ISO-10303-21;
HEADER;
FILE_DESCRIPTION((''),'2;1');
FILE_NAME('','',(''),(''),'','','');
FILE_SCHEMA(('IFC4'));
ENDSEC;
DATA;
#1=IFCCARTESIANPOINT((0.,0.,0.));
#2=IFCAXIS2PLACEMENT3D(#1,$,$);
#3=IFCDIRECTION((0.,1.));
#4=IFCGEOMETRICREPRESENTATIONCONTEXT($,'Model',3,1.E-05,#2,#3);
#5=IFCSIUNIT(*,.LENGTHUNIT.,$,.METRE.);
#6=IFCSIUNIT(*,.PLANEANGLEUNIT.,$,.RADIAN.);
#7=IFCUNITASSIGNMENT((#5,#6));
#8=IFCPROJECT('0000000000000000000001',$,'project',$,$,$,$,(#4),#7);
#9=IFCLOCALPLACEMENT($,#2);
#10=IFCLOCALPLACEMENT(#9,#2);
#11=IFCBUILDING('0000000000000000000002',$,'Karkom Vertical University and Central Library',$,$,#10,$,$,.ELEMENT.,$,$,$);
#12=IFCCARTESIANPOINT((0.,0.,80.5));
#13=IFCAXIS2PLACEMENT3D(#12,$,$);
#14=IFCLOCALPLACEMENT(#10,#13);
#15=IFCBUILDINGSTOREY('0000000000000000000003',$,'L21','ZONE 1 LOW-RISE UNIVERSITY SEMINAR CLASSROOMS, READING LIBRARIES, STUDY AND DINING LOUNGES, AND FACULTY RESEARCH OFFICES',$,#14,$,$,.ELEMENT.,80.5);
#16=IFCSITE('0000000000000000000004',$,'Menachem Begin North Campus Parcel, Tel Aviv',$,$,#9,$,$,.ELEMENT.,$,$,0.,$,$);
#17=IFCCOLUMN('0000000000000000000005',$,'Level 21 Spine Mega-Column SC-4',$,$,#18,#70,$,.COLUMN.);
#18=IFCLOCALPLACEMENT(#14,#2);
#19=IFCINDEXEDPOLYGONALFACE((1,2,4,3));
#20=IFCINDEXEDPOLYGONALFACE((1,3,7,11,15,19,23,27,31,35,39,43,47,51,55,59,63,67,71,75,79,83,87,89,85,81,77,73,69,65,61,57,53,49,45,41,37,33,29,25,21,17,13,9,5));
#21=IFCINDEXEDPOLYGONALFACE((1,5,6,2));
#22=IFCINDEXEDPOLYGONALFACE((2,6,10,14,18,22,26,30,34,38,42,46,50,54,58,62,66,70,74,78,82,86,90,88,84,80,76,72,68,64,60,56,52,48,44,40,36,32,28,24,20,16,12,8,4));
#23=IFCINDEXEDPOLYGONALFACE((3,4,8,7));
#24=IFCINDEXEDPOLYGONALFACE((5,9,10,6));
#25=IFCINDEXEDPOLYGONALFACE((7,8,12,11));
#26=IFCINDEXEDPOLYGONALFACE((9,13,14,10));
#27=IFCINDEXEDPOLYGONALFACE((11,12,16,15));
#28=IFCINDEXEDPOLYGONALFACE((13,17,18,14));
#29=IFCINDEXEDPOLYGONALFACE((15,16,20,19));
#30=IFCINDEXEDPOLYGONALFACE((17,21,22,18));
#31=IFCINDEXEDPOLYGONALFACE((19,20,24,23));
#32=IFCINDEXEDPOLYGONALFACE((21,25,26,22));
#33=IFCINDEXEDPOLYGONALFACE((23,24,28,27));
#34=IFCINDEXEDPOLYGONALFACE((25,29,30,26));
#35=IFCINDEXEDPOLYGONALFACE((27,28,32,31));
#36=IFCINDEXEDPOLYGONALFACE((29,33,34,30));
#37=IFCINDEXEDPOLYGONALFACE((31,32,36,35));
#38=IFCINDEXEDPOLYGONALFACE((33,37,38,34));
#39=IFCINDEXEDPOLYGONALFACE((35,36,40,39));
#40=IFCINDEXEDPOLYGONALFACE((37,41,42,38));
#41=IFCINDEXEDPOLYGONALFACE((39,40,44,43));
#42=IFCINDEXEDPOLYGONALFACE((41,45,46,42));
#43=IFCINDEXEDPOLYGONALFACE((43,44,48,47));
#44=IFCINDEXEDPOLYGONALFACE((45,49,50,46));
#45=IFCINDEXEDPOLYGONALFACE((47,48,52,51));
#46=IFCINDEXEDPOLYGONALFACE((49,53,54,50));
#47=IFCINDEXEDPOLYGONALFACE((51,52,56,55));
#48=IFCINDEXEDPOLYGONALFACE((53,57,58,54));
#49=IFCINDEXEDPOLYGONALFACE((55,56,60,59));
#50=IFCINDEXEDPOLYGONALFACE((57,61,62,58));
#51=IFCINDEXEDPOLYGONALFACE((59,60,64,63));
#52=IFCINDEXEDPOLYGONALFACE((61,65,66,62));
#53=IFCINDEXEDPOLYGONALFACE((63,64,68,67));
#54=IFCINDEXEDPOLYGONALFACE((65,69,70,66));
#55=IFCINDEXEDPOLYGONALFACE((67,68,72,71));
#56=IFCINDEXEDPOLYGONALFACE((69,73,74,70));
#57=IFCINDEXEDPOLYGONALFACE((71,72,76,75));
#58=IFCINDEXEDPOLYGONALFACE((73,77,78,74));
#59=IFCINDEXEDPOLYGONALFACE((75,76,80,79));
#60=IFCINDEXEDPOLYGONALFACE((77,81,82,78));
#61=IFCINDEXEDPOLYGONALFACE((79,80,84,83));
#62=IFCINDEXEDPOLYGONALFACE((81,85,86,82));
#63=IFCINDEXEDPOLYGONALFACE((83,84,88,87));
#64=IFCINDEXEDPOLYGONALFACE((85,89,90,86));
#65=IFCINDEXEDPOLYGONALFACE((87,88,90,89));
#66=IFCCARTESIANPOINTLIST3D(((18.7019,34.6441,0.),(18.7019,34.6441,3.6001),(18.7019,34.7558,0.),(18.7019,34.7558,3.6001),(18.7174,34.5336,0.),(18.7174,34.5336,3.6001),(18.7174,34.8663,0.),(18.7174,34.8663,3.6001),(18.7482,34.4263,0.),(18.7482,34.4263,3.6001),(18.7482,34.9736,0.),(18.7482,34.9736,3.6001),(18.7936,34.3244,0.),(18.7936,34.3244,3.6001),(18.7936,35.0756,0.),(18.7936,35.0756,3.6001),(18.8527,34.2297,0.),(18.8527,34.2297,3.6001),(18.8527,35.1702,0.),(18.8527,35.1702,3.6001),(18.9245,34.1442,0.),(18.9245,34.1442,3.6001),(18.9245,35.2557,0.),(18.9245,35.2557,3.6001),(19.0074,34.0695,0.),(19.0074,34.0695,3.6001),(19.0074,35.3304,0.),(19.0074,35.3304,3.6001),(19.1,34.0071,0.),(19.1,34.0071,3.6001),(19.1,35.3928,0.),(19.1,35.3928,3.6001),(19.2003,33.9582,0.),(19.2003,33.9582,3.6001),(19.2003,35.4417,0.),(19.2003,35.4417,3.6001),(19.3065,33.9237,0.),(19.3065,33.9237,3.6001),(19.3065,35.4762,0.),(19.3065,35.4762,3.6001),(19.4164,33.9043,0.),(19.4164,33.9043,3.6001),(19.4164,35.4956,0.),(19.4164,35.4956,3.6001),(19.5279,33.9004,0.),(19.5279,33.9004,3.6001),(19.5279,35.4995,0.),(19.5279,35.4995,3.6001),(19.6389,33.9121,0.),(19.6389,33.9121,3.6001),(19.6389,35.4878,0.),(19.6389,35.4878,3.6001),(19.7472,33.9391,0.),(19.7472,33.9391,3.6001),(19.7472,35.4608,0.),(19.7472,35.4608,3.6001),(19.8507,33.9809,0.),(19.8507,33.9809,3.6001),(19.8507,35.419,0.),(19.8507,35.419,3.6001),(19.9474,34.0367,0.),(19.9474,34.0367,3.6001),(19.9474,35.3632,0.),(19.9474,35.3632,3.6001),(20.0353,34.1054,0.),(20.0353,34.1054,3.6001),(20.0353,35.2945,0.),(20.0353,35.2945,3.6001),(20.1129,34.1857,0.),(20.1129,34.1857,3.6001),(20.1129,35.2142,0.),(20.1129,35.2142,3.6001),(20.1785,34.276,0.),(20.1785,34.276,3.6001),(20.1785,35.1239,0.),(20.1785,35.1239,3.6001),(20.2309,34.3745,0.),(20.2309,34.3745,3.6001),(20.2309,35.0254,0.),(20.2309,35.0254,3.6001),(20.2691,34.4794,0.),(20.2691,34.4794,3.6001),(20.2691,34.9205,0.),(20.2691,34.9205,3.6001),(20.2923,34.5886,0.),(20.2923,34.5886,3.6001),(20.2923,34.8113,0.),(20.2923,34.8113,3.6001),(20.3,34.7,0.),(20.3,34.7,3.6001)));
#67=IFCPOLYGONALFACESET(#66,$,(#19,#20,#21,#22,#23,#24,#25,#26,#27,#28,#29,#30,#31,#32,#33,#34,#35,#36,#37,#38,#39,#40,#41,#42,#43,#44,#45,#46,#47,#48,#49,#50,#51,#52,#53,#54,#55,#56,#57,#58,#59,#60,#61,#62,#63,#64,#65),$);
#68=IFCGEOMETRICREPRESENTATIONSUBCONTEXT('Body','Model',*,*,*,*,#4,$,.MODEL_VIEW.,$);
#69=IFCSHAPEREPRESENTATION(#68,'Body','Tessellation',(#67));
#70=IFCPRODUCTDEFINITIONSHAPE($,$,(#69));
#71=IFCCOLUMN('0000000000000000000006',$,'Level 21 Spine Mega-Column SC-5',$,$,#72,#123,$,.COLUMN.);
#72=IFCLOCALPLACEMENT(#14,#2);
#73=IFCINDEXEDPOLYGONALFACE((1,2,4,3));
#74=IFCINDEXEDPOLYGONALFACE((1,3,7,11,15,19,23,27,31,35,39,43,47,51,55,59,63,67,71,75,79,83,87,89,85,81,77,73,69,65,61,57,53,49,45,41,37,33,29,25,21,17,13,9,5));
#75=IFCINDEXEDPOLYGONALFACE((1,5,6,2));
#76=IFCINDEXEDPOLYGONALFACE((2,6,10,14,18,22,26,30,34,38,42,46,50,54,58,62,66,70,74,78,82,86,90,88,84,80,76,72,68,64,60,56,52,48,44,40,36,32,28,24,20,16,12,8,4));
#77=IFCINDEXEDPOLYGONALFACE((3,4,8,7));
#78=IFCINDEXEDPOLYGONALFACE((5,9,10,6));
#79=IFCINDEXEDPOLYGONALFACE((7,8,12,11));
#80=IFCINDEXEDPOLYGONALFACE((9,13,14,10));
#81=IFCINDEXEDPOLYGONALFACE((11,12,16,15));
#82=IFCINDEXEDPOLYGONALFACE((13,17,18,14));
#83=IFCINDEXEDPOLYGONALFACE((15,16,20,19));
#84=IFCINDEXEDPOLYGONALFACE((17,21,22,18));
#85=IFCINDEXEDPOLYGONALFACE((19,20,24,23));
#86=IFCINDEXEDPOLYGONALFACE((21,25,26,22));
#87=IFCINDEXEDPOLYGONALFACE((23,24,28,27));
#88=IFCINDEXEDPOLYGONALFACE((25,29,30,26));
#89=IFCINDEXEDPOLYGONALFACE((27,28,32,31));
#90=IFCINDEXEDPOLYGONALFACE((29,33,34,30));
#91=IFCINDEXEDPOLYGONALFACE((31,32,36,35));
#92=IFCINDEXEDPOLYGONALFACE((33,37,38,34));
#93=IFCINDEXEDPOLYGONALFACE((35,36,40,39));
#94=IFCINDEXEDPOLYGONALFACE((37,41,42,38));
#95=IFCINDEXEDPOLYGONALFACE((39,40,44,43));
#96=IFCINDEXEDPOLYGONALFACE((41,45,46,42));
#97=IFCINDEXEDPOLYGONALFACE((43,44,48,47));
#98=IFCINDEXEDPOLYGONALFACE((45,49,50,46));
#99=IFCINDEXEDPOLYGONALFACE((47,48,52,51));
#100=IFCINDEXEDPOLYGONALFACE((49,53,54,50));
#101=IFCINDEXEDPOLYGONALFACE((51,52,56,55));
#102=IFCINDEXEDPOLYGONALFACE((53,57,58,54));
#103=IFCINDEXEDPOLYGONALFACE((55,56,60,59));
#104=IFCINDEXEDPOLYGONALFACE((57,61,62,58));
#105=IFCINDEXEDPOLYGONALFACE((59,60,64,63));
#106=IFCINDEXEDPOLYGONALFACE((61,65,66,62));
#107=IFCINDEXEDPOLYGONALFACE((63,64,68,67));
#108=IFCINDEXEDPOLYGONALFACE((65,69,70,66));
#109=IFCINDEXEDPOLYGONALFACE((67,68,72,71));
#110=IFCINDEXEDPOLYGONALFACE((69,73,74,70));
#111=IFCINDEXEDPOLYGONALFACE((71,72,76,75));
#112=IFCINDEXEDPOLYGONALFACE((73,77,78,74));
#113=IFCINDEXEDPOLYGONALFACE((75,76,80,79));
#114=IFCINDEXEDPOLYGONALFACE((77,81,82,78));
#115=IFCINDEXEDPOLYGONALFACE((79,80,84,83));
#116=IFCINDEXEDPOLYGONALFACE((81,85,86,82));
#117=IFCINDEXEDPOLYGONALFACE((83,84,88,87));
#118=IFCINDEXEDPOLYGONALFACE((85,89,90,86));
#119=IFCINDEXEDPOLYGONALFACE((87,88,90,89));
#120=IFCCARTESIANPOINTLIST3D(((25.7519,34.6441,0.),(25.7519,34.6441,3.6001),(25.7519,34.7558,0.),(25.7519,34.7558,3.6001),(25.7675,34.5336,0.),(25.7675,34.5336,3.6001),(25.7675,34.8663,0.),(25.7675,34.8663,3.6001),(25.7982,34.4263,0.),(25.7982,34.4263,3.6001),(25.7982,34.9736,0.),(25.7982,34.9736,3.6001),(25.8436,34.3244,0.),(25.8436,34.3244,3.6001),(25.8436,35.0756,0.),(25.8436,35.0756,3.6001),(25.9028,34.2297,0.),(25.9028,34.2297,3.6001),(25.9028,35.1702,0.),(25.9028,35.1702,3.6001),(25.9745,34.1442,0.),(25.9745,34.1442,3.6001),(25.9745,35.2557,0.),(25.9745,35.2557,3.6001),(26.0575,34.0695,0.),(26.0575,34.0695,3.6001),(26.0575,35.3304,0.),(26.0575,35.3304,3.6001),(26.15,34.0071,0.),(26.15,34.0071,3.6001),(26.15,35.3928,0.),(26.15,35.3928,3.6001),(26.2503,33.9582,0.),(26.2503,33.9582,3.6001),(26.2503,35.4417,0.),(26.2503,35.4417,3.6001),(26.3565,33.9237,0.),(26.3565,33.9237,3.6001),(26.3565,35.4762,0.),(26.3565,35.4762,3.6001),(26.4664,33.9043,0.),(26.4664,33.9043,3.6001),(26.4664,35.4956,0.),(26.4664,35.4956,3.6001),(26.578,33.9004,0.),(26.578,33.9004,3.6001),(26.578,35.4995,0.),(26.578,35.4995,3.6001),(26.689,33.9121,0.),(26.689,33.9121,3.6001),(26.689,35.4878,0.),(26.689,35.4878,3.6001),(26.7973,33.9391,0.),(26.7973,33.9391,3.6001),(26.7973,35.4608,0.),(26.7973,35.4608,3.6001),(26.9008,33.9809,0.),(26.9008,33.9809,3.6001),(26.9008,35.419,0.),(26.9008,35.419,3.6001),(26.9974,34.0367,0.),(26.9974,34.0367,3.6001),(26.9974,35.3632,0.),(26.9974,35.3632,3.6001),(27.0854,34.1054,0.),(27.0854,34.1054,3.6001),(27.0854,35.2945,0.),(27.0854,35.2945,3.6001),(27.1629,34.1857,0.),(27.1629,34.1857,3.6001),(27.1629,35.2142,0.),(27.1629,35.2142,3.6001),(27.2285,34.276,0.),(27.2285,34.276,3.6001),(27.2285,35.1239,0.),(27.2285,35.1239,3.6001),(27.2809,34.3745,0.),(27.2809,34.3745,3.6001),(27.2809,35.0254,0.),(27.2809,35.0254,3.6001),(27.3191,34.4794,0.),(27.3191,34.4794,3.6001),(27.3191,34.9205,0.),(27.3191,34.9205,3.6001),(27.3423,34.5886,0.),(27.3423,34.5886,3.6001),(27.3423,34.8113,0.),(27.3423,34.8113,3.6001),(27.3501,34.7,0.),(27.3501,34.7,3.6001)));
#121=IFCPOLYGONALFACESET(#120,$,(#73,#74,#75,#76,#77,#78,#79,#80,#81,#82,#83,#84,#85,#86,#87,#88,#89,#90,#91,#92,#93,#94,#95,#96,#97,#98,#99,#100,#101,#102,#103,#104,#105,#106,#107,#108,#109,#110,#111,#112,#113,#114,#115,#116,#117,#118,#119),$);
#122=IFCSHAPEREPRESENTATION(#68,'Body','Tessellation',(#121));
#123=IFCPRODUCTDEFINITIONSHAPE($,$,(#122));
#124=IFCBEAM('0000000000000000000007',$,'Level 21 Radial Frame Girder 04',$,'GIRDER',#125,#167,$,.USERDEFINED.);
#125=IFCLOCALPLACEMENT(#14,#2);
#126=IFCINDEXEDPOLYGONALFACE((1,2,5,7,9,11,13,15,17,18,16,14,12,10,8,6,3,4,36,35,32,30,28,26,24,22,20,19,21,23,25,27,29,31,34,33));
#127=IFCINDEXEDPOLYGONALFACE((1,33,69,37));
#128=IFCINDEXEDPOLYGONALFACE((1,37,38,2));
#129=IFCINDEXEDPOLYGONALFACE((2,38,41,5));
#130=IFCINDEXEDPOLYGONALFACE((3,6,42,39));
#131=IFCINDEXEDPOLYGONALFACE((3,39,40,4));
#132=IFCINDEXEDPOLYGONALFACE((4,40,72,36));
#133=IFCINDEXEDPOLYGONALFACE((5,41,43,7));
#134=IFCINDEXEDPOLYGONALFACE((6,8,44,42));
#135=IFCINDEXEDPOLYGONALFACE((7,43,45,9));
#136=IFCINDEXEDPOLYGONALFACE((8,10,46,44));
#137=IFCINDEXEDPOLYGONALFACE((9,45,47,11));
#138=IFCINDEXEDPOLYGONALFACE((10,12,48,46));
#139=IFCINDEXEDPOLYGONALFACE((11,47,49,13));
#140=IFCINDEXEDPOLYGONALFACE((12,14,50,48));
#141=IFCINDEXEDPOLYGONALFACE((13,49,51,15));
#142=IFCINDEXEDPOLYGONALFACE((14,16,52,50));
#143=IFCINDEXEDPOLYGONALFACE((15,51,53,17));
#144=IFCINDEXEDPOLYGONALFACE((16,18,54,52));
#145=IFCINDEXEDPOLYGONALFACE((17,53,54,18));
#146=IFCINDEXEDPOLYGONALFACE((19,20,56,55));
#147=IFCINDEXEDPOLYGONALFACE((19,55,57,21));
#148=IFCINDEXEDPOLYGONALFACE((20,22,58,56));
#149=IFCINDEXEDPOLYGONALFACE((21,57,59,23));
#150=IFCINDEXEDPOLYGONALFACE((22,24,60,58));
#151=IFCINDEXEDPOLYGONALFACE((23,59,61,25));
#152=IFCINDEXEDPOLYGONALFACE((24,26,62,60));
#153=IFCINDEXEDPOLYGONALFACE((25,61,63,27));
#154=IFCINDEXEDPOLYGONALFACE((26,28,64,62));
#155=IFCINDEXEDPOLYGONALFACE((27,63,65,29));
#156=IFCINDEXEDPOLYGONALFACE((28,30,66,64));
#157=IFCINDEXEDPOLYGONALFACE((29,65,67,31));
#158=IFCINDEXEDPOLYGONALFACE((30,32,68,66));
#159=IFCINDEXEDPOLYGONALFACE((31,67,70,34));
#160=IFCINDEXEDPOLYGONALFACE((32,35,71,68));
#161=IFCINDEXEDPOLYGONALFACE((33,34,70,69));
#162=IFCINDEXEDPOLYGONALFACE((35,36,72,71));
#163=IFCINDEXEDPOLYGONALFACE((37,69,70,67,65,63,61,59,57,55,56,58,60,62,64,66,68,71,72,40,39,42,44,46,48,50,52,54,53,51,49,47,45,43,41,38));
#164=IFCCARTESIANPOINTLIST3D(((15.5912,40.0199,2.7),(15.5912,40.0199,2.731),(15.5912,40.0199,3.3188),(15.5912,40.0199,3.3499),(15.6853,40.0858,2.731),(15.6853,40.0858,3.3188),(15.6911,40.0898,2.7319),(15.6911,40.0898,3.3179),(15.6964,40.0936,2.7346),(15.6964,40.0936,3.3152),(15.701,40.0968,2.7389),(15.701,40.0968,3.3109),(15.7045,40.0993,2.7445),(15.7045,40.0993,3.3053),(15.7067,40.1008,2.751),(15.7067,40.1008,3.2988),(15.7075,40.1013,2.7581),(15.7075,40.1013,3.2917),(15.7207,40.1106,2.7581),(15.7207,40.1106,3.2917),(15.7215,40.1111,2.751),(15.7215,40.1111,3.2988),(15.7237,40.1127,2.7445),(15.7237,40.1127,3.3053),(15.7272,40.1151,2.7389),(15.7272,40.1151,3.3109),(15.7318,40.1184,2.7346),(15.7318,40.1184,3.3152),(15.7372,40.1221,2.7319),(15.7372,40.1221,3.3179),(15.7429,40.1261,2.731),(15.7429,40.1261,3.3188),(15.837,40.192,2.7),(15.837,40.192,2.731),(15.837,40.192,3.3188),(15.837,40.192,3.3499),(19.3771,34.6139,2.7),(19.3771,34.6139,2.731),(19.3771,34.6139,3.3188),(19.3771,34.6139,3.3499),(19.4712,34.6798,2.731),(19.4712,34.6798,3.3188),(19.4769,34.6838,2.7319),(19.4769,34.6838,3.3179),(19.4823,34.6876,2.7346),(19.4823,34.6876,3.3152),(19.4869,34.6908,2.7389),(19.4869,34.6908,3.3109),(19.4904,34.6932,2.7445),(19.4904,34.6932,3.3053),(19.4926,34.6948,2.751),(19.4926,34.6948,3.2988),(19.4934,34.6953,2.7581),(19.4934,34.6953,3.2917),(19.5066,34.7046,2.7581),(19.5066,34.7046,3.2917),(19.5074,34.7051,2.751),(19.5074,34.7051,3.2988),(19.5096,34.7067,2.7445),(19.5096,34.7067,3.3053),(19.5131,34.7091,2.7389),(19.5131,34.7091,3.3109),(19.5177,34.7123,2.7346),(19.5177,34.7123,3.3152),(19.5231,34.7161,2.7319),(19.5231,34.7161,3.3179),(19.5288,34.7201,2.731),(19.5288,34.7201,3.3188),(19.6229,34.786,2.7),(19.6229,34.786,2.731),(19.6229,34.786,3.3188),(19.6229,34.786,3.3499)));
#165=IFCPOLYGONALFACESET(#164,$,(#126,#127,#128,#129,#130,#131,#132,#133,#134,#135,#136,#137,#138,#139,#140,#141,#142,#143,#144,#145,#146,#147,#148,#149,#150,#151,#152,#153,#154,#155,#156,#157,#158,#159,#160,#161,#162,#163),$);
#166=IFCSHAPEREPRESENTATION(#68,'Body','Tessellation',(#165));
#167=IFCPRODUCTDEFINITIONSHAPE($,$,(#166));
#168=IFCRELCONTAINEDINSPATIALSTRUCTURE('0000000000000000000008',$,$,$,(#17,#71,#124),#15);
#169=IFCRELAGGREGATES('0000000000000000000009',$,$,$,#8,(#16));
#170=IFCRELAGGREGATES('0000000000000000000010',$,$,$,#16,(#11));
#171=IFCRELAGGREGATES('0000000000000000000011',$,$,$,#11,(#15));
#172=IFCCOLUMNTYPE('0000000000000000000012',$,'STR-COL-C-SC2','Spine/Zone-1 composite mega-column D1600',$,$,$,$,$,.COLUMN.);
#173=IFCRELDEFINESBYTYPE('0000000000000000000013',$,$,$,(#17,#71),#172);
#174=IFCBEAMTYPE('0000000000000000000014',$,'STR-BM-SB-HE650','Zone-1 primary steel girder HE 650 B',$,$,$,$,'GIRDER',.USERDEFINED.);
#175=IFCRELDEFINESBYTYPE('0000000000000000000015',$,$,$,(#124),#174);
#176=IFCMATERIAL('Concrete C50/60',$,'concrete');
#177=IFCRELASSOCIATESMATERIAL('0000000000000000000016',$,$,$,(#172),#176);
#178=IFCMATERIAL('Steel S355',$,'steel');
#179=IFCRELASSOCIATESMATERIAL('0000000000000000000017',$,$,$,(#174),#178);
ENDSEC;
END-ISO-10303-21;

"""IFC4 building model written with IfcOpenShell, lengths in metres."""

from ifc_helpers import new_model, si_unit, direction, frame, origin, origin_with_axes, origin_2d, place, context, subcontext, project, spatial, circle, i_section, extrude, source, transform, mapped, material, material_profile, profile_set, type_object, element, save


model = new_model("IFC4")

# Units and contexts
model_context = context("Model", 3, precision=1e-05, world=origin(), true_north=direction((0.0, 1.0)))
body_context = subcontext(model_context, "Body", "Model", "MODEL_VIEW")
ifc_project = project(units=[si_unit("LENGTHUNIT", "METRE"), si_unit("PLANEANGLEUNIT", "RADIAN")], contexts=[model_context])

# Site, building, storey
site_placement = place(None, origin())
site = spatial("IfcSite", under=ifc_project, at=site_placement, Name="Menachem Begin North Campus Parcel, Tel Aviv", CompositionType="ELEMENT", RefElevation=0.0)
building_placement = place(site_placement, origin())
building = spatial("IfcBuilding", under=site, at=building_placement, Name="Karkom Vertical University and Central Library", CompositionType="ELEMENT")
storey_placement = place(building_placement, frame((0.0, 0.0, 80.5)))
storey = spatial("IfcBuildingStorey", under=building, at=storey_placement, Name="L21", Description="ZONE 1 LOW-RISE UNIVERSITY SEMINAR CLASSROOMS, READING LIBRARIES, STUDY AND DINING LOUNGES, AND FACULTY RESEARCH OFFICES", CompositionType="ELEMENT", Elevation=80.5)

# Columns
ifc_material_1 = material(Name="Concrete C50/60", Category="concrete")
ifc_material_profile_1 = material_profile(ifc_material_1, circle(Radius=0.8, at=origin_2d()), Name="CFT-D1600")
ifc_profile_set_1 = profile_set([ifc_material_profile_1], Name="Concrete C50/60")
column_type = type_object("IfcColumnType", Name="STR-COL-C-SC2", Description="Spine/Zone-1 composite mega-column D1600", PredefinedType="COLUMN", material=ifc_profile_set_1)
shared_shape_1 = source(origin_with_axes(), body_context, "Body", "SweptSolid", [
    extrude(circle(Radius=0.8, at=origin_2d()), origin(), (0.0, 0.0, 1.0), 3.6001),
])
for number, where, z_axis, x_axis, name in (
    (1, (19.5, 34.7, 0.0), (0.0, 0.0, 1.0), (1.0, 0.0, 0.0), "Level 21 Spine Mega-Column SC-4"),
    (2, (26.55, 34.7, 0.0), (0.0, 0.0, 1.0), (1.0, 0.0, 0.0), "Level 21 Spine Mega-Column SC-5"),
):
    element("IfcColumn", number, at=place(storey_placement, frame(where, z_axis=z_axis, x_axis=x_axis)), inside=storey, type_object=column_type, Name=name, PredefinedType="COLUMN", context=body_context, shape_type="MappedRepresentation", body=[
        mapped(shared_shape_1, transform((0.0, 0.0, 0.0), scale=1.0)),
    ])

# Beam
ifc_material_2 = material(Name="Steel S355", Category="steel")
ifc_material_profile_2 = material_profile(ifc_material_2, i_section(OverallWidth=0.3, OverallDepth=0.6499, WebThickness=0.0161, FlangeThickness=0.031, FilletRadius=0.0271, at=origin_2d()), Name="HE 650 B")
ifc_profile_set_2 = profile_set([ifc_material_profile_2], Name="Steel S355")
beam_type = type_object("IfcBeamType", Name="STR-BM-SB-HE650", Description="Zone-1 primary steel girder HE 650 B", ElementType="GIRDER", PredefinedType="USERDEFINED", material=ifc_profile_set_2)
shared_shape_2 = source(origin_with_axes(), body_context, "Body", "SweptSolid", [
    extrude(i_section(OverallWidth=0.3, OverallDepth=0.6499, WebThickness=0.0161, FlangeThickness=0.031, FilletRadius=0.0271, at=origin_2d()), origin(), (0.0, 0.0, 1.0), 6.5999),
])
beam_1_placement = place(storey_placement, frame((19.5, 34.7, 3.0249), z_axis=(-0.573634, 0.819112, 0.0), x_axis=(-0.819112, -0.573634, 0.0)))
element("IfcBeam", 3, at=beam_1_placement, inside=storey, type_object=beam_type, Name="Level 21 Radial Frame Girder 04", ObjectType="GIRDER", PredefinedType="USERDEFINED", context=body_context, shape_type="MappedRepresentation", body=[
    mapped(shared_shape_2, transform((0.0, 0.0, 0.0), scale=1.0)),
])

save(model, "model.ifc")
